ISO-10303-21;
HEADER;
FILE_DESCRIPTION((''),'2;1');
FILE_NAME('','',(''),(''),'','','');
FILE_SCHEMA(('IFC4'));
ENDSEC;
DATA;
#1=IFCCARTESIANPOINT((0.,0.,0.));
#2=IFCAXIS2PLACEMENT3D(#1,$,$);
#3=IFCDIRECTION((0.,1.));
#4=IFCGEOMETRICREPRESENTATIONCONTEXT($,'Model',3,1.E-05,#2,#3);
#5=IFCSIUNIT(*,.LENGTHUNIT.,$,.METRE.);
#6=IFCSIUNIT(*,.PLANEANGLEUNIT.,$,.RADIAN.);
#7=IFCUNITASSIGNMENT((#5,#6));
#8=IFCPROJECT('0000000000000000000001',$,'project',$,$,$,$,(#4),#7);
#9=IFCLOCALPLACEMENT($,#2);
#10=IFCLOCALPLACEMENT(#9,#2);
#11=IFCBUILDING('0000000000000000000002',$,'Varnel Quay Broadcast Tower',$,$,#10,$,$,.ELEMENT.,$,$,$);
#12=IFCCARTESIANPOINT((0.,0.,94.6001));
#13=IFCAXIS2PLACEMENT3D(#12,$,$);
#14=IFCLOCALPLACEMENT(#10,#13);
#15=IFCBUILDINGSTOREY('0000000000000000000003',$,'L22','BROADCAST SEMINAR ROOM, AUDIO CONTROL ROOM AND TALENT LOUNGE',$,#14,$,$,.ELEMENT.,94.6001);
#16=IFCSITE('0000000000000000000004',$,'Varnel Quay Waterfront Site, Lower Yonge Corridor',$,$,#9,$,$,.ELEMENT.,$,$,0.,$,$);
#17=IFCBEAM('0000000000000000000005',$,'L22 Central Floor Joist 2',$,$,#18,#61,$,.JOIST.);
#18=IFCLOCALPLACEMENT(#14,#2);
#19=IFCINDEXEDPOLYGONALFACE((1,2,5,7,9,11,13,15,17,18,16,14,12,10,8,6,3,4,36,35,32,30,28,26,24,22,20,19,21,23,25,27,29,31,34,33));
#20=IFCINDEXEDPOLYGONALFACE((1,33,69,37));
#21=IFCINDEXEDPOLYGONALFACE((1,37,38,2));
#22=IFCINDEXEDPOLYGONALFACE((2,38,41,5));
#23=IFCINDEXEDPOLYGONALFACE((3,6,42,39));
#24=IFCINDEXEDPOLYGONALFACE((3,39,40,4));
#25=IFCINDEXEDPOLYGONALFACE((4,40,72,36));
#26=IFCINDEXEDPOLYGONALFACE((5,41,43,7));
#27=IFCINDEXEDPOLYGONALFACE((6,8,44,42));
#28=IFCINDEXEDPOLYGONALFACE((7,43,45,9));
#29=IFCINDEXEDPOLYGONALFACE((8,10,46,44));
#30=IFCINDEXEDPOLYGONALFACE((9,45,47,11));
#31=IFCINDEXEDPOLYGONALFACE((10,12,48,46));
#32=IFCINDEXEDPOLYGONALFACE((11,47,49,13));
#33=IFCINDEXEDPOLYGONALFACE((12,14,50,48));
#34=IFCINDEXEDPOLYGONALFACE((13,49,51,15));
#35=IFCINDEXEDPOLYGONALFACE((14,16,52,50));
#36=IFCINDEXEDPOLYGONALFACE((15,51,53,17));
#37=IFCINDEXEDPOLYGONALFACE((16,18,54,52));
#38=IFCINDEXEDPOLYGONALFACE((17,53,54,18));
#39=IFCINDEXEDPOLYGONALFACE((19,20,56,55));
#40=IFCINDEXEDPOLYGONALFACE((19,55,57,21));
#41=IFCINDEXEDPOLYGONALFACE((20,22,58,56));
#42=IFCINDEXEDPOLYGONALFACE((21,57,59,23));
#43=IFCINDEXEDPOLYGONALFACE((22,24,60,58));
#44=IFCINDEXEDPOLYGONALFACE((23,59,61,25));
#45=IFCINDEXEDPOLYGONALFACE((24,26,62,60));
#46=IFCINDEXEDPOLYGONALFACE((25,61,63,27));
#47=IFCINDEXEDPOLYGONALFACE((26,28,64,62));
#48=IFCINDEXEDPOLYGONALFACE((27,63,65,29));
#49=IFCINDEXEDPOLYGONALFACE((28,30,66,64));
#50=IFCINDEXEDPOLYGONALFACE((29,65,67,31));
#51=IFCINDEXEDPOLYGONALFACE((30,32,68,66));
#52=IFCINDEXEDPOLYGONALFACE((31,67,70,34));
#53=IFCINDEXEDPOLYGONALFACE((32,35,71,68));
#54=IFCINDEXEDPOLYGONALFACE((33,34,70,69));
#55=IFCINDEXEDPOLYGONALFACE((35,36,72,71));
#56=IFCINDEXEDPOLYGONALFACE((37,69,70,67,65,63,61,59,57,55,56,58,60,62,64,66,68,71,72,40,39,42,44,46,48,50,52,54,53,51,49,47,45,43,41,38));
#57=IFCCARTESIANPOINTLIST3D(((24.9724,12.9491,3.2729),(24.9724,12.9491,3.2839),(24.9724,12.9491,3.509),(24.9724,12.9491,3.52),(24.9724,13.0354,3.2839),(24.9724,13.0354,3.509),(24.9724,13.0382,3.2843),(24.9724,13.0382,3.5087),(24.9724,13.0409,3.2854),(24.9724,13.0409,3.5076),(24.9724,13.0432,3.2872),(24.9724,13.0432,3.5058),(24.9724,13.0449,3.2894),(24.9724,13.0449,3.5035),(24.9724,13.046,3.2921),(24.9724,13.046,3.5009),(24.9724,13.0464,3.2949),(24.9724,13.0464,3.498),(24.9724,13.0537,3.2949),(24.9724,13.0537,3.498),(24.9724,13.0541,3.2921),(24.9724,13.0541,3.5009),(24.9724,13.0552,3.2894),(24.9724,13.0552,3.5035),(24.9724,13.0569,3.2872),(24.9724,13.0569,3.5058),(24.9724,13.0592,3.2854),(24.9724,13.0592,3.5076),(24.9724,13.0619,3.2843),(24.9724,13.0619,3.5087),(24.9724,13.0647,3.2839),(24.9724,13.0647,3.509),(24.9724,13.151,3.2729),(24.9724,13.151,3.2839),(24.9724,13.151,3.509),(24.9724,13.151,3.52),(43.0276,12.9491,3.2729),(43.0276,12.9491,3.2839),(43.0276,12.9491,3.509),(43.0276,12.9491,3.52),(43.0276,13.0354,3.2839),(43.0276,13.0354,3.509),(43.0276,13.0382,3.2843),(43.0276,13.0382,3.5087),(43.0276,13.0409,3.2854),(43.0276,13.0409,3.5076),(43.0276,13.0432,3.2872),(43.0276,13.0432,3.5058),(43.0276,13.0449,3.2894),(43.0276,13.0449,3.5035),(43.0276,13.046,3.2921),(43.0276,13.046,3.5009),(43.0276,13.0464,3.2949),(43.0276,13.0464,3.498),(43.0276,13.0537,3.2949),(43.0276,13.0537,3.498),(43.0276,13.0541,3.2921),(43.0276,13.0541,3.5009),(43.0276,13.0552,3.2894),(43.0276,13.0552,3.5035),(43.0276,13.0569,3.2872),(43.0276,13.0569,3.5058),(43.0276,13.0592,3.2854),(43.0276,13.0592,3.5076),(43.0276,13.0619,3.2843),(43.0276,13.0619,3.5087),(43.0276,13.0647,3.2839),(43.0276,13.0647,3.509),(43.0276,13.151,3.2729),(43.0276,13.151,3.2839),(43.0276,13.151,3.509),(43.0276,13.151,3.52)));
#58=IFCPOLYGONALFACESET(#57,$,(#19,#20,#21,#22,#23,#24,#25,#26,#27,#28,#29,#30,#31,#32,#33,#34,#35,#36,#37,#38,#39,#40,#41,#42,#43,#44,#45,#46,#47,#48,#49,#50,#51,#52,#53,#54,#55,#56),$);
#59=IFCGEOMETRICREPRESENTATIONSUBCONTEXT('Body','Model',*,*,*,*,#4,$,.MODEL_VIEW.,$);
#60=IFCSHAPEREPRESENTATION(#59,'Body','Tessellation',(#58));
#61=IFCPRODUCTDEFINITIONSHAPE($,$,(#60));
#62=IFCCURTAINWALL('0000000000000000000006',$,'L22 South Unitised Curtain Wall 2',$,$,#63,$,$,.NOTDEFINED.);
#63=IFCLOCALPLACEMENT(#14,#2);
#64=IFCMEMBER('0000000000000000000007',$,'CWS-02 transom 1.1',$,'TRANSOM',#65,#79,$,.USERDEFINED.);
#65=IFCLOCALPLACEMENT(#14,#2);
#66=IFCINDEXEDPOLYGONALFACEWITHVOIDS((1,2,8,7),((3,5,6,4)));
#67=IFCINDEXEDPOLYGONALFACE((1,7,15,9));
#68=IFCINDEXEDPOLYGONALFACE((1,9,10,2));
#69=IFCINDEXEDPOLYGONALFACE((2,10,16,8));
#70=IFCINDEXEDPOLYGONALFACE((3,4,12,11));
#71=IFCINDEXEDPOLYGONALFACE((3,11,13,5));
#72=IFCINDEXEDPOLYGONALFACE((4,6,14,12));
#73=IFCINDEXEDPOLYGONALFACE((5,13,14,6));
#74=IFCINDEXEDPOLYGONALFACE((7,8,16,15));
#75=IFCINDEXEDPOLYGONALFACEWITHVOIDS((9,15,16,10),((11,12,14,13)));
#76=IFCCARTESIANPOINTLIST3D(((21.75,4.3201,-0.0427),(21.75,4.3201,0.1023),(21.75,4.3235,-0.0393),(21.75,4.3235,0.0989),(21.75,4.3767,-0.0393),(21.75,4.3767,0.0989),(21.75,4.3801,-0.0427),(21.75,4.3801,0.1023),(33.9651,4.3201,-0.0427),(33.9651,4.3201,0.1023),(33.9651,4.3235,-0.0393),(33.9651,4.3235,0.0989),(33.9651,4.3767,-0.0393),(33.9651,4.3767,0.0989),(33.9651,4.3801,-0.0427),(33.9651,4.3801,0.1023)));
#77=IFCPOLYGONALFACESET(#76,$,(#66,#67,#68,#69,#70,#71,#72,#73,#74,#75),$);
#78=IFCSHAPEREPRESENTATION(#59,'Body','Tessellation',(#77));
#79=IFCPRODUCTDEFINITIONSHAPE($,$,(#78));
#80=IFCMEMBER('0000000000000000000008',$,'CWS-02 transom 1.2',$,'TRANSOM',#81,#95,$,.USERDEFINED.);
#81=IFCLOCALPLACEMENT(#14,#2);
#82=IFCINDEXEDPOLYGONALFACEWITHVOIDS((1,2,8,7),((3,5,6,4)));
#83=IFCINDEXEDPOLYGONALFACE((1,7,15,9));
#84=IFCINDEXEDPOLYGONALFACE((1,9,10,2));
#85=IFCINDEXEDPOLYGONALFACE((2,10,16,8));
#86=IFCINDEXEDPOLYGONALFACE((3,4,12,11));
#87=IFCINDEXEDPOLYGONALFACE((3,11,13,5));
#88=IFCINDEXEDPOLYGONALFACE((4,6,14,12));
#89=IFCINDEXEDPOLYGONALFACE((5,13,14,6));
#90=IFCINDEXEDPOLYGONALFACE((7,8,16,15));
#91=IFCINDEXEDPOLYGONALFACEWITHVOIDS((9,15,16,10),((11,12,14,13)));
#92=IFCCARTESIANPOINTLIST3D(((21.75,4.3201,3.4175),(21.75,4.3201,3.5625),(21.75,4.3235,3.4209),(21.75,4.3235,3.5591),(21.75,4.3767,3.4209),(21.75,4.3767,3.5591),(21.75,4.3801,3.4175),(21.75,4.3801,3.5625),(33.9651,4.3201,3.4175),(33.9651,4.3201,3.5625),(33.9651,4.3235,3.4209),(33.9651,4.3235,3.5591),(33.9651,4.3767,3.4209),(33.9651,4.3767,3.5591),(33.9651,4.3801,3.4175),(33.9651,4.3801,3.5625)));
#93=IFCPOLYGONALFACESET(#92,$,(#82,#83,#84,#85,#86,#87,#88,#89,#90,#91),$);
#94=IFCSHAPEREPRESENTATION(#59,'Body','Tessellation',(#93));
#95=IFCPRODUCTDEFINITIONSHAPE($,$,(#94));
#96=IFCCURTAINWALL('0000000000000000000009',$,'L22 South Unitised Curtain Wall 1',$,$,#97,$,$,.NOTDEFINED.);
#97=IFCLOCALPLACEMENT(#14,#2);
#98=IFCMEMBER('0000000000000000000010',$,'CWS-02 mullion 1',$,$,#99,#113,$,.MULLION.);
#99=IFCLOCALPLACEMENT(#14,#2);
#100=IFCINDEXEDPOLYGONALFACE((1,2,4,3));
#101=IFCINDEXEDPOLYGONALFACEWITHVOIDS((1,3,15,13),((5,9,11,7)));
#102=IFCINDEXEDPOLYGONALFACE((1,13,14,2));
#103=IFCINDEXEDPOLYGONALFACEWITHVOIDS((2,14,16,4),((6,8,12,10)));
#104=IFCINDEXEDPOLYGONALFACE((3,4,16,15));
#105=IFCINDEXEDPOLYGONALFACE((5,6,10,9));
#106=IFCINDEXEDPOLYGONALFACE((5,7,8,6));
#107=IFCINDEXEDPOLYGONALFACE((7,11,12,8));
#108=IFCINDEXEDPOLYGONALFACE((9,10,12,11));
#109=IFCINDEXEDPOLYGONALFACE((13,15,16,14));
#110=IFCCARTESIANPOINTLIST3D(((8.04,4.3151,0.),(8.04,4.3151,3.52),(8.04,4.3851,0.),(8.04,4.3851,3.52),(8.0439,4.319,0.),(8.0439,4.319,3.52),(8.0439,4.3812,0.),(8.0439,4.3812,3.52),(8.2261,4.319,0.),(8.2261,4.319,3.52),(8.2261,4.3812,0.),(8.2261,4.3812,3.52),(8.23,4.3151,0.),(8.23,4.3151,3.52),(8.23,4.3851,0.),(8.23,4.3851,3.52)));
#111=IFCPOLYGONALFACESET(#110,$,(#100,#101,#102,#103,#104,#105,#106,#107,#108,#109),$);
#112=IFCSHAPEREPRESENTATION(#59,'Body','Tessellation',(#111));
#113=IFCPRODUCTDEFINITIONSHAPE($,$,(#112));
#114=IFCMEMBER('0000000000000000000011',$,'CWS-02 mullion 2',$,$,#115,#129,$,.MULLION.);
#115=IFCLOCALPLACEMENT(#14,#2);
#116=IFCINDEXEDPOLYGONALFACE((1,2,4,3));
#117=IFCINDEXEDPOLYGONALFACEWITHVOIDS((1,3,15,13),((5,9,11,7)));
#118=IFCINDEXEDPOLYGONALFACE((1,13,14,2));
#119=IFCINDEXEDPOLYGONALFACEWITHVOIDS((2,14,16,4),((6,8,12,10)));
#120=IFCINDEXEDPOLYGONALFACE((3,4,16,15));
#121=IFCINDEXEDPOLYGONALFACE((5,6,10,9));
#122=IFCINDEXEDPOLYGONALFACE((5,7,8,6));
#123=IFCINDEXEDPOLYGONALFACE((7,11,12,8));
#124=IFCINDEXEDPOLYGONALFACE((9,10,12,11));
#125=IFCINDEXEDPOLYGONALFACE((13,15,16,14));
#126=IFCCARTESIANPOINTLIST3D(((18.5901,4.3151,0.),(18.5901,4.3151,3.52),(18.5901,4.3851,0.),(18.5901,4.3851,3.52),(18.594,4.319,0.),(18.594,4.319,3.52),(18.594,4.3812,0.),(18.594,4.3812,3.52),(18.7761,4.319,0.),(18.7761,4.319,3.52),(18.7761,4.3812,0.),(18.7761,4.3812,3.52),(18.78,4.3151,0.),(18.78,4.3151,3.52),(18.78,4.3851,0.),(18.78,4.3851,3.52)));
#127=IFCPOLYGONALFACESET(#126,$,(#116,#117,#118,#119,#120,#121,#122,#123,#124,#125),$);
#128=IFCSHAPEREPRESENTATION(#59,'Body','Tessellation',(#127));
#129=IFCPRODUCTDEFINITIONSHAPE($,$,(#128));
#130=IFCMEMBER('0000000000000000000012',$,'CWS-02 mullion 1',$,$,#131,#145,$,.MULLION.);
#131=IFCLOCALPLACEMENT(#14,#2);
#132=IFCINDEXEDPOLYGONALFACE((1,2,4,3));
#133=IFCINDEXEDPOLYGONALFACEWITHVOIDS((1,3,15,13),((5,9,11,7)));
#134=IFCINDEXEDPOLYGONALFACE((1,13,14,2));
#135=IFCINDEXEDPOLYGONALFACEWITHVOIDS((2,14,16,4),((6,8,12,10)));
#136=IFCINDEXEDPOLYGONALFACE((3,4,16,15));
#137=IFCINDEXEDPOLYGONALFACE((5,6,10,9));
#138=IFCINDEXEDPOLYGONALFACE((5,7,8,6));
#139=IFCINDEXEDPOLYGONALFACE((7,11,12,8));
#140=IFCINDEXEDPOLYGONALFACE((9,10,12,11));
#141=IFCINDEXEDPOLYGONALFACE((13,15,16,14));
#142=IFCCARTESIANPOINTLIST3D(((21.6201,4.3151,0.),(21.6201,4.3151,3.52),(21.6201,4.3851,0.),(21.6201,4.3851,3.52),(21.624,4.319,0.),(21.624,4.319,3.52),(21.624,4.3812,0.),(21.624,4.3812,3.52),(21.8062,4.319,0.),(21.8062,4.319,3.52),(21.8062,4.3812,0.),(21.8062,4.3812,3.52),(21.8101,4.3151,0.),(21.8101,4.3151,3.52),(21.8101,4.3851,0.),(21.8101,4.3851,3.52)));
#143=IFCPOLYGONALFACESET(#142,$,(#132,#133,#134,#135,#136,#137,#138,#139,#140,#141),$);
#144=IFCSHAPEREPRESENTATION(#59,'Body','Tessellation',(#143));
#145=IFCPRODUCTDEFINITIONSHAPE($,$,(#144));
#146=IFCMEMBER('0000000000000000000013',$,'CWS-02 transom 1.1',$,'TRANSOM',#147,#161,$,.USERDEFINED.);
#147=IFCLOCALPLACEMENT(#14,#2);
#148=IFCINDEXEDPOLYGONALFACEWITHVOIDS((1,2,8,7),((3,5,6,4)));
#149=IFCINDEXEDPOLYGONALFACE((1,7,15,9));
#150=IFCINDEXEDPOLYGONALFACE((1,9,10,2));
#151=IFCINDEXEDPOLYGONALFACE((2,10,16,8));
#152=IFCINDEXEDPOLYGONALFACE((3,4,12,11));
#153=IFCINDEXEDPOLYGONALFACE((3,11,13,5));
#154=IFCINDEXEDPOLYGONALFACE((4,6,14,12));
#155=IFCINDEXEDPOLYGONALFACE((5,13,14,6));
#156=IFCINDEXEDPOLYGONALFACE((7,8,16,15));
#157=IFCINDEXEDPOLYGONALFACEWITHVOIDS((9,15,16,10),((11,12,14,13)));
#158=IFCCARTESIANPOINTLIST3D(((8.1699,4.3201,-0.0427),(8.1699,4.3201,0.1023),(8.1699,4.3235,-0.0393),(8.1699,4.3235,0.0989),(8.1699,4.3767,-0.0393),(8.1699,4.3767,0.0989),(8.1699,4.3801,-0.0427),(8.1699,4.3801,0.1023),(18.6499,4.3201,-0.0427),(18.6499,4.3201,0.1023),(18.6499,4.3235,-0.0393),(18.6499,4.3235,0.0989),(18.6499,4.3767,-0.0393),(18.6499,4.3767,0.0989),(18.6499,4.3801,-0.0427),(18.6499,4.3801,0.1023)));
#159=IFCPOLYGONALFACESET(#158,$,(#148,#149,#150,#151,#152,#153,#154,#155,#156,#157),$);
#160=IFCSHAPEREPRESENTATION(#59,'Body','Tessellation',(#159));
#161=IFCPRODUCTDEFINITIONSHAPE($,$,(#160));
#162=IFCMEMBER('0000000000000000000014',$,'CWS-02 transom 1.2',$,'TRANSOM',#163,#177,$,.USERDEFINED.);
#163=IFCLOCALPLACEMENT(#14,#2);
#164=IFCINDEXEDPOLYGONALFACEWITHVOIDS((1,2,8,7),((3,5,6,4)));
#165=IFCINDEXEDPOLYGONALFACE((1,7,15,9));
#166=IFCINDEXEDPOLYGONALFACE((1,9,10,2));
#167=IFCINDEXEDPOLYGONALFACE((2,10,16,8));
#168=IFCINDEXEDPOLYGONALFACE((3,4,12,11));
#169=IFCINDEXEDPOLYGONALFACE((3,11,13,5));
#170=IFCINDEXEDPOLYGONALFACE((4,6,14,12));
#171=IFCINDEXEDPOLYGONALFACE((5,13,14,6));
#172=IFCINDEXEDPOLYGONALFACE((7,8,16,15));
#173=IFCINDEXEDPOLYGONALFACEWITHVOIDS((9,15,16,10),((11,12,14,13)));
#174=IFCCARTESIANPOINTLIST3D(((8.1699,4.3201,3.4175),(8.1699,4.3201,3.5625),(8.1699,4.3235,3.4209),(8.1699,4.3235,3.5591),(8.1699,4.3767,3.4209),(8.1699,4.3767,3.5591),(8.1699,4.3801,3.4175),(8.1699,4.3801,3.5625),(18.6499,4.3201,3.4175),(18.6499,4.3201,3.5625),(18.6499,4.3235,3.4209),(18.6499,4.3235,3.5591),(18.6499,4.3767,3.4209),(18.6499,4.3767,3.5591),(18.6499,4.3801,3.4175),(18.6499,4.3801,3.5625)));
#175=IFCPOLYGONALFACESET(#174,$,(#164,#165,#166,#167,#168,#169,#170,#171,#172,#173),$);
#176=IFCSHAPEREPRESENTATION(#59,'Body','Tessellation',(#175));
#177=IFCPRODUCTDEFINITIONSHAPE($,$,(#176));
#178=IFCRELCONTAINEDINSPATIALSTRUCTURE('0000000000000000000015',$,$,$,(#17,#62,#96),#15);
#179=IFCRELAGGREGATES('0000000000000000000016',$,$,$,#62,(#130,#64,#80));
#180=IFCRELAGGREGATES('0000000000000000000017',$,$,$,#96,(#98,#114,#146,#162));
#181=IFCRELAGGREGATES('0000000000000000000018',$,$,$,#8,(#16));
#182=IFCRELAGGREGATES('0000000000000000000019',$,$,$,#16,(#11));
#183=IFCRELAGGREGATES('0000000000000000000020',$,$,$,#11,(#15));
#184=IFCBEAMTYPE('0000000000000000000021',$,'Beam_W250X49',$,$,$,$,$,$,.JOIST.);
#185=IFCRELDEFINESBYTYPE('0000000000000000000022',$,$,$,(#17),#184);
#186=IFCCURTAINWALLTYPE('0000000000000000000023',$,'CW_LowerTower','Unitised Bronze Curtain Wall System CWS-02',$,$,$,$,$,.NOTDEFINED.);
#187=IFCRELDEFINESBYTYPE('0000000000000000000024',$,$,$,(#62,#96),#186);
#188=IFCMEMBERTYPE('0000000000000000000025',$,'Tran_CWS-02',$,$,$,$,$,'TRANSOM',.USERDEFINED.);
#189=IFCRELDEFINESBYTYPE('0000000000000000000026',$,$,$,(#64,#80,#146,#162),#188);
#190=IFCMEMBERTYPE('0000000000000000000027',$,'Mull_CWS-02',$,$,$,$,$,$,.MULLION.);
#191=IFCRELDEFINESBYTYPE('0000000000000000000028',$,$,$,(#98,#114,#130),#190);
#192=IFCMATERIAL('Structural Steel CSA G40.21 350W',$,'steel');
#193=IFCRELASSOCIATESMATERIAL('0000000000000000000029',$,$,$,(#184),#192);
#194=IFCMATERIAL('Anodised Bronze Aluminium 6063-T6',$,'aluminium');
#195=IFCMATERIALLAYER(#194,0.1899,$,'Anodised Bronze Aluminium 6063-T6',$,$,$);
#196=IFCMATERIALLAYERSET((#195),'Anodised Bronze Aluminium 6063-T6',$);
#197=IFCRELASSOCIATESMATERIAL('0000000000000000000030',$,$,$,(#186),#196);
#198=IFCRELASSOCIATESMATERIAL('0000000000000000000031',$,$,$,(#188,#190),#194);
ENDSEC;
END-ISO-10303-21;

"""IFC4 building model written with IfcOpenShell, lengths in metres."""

from ifc_helpers import new_model, si_unit, direction, frame, origin, origin_2d, place, context, subcontext, project, spatial, hollow_rectangle, i_section, extrude, source, transform, mapped, material, layer, layer_set, material_profile, profile_set, type_object, type_shapes, element, aggregate, save


model = new_model("IFC4")

# Units and contexts
model_context = context("Model", 3, precision=1e-05, world=origin(), true_north=direction((0.0, 1.0)))
body_context = subcontext(model_context, "Body", "Model", "MODEL_VIEW")
ifc_project = project(units=[si_unit("LENGTHUNIT", "METRE"), si_unit("PLANEANGLEUNIT", "RADIAN")], contexts=[model_context])

# Site, building, storey
site_placement = place(None, origin())
site = spatial("IfcSite", under=ifc_project, at=site_placement, Name="Varnel Quay Waterfront Site, Lower Yonge Corridor", CompositionType="ELEMENT", RefElevation=0.0)
building_placement = place(site_placement, origin())
building = spatial("IfcBuilding", under=site, at=building_placement, Name="Varnel Quay Broadcast Tower", CompositionType="ELEMENT")
storey_placement = place(building_placement, frame((0.0, 0.0, 94.6001)))
storey = spatial("IfcBuildingStorey", under=building, at=storey_placement, Name="L22", Description="BROADCAST SEMINAR ROOM, AUDIO CONTROL ROOM AND TALENT LOUNGE", CompositionType="ELEMENT", Elevation=94.6001)

# Shared definitions
ifc_material_1 = material(Name="Structural Steel CSA G40.21 350W", Category="steel")

# Beam
ifc_material_profile_1 = material_profile(ifc_material_1, i_section(OverallWidth=0.2019, OverallDepth=0.2471, WebThickness=0.0073, FlangeThickness=0.011, FilletRadius=0.011, at=origin_2d()), Name="W250X49")
ifc_profile_set_1 = profile_set([ifc_material_profile_1], Name="Structural Steel CSA G40.21 350W")
beam_type_1 = type_object("IfcBeamType", Name="Beam_W250X49", PredefinedType="JOIST", material=ifc_profile_set_1)
shared_shape_1 = source(origin(), body_context, "Body", "SweptSolid", [
    extrude(i_section(OverallWidth=0.2019, OverallDepth=0.2471, WebThickness=0.0073, FlangeThickness=0.011, FilletRadius=0.011, at=origin_2d()), origin(), (0.0, 0.0, 1.0), 18.0552),
])
type_shapes(beam_type_1, [shared_shape_1])
beam_1_placement = place(storey_placement, frame((24.9724, 13.05, 3.3965), z_axis=(1.0, 0.0, 0.0), x_axis=(0.0, 1.0, 0.0)))
element("IfcBeam", 1, at=beam_1_placement, inside=storey, type_object=beam_type_1, Name="L22 Central Floor Joist 2", PredefinedType="JOIST", context=body_context, shape_type="MappedRepresentation", body=[
    mapped(shared_shape_1, transform((0.0, 0.0, 0.0), x_axis=(1.0, 0.0, 0.0), y_axis=(0.0, 1.0, 0.0), z_axis=(0.0, 0.0, 1.0), scale=1.0)),
])

# Curtain walls, members
ifc_material_2 = material(Name="Anodised Bronze Aluminium 6063-T6", Category="aluminium")
ifc_layer_1 = layer(ifc_material_2, 0.1899, Name="Anodised Bronze Aluminium 6063-T6")
ifc_layer_set_1 = layer_set([ifc_layer_1], Name="Anodised Bronze Aluminium 6063-T6")
curtain_wall_type_1 = type_object("IfcCurtainWallType", Name="CW_LowerTower", Description="Unitised Bronze Curtain Wall System CWS-02", PredefinedType="NOTDEFINED", material=ifc_layer_set_1)
curtain_wall_1_placement = place(storey_placement, origin())
curtain_wall_1 = element("IfcCurtainWall", 2, at=curtain_wall_1_placement, inside=storey, type_object=curtain_wall_type_1, Name="L22 South Unitised Curtain Wall 2", PredefinedType="NOTDEFINED")
ifc_material_profile_2 = material_profile(ifc_material_2, hollow_rectangle(XDim=0.0601, YDim=0.145, WallThickness=0.0034, at=origin_2d()), Name="ALU60X145X3.5")
ifc_profile_set_2 = profile_set([ifc_material_profile_2], Name="Anodised Bronze Aluminium 6063-T6")
member_type_1 = type_object("IfcMemberType", Name="Tran_CWS-02", ElementType="TRANSOM", PredefinedType="USERDEFINED", material=ifc_profile_set_2)
shared_shape_2 = source(origin(), body_context, "Body", "SweptSolid", [
    extrude(hollow_rectangle(XDim=0.0601, YDim=0.145, WallThickness=0.0034, at=origin_2d()), origin(), (0.0, 0.0, 1.0), 12.2151),
])
member_1_placement = place(storey_placement, frame((21.75, 4.3501, 0.0298), z_axis=(1.0, 0.0, 0.0), x_axis=(0.0, 1.0, 0.0)))
member_1 = element("IfcMember", 3, at=member_1_placement, type_object=member_type_1, Name="CWS-02 transom 1.1", ObjectType="TRANSOM", PredefinedType="USERDEFINED", context=body_context, shape_type="MappedRepresentation", body=[
    mapped(shared_shape_2, transform((0.0, 0.0, 0.0), x_axis=(1.0, 0.0, 0.0), y_axis=(0.0, 1.0, 0.0), z_axis=(0.0, 0.0, 1.0), scale=1.0)),
])
member_2_placement = place(storey_placement, frame((21.75, 4.3501, 3.49), z_axis=(1.0, 0.0, 0.0), x_axis=(0.0, 1.0, 0.0)))
member_2 = element("IfcMember", 4, at=member_2_placement, type_object=member_type_1, Name="CWS-02 transom 1.2", ObjectType="TRANSOM", PredefinedType="USERDEFINED", context=body_context, shape_type="MappedRepresentation", body=[
    mapped(shared_shape_2, transform((0.0, 0.0, 0.0), x_axis=(1.0, 0.0, 0.0), y_axis=(0.0, 1.0, 0.0), z_axis=(0.0, 0.0, 1.0), scale=1.0)),
])
curtain_wall_2_placement = place(storey_placement, origin())
curtain_wall_2 = element("IfcCurtainWall", 5, at=curtain_wall_2_placement, inside=storey, type_object=curtain_wall_type_1, Name="L22 South Unitised Curtain Wall 1", PredefinedType="NOTDEFINED")
ifc_material_profile_3 = material_profile(ifc_material_2, hollow_rectangle(XDim=0.0701, YDim=0.1899, WallThickness=0.0039, at=origin_2d()), Name="ALU70X190X4")
ifc_profile_set_3 = profile_set([ifc_material_profile_3], Name="Anodised Bronze Aluminium 6063-T6")
member_type_2 = type_object("IfcMemberType", Name="Mull_CWS-02", PredefinedType="MULLION", material=ifc_profile_set_3)
shared_shape_3 = source(origin(), body_context, "Body", "SweptSolid", [
    extrude(hollow_rectangle(XDim=0.0701, YDim=0.1899, WallThickness=0.0039, at=origin_2d()), origin(), (0.0, 0.0, 1.0), 3.52),
])
type_shapes(member_type_2, [shared_shape_3])
member_3_placement = place(storey_placement, frame((8.135, 4.3501, 0.0), z_axis=(0.0, 0.0, 1.0), x_axis=(0.0, 1.0, 0.0)))
member_3 = element("IfcMember", 6, at=member_3_placement, type_object=member_type_2, Name="CWS-02 mullion 1", PredefinedType="MULLION", context=body_context, shape_type="MappedRepresentation", body=[
    mapped(shared_shape_3, transform((0.0, 0.0, 0.0), x_axis=(1.0, 0.0, 0.0), y_axis=(0.0, 1.0, 0.0), z_axis=(0.0, 0.0, 1.0), scale=1.0)),
])
member_4_placement = place(storey_placement, frame((18.6851, 4.3501, 0.0), z_axis=(0.0, 0.0, 1.0), x_axis=(0.0, 1.0, 0.0)))
member_4 = element("IfcMember", 7, at=member_4_placement, type_object=member_type_2, Name="CWS-02 mullion 2", PredefinedType="MULLION", context=body_context, shape_type="MappedRepresentation", body=[
    mapped(shared_shape_3, transform((0.0, 0.0, 0.0), x_axis=(1.0, 0.0, 0.0), y_axis=(0.0, 1.0, 0.0), z_axis=(0.0, 0.0, 1.0), scale=1.0)),
])

# Members
member_5_placement = place(storey_placement, frame((21.7151, 4.3501, 0.0), z_axis=(0.0, 0.0, 1.0), x_axis=(0.0, 1.0, 0.0)))
member_5 = element("IfcMember", 8, at=member_5_placement, type_object=member_type_2, Name="CWS-02 mullion 1", PredefinedType="MULLION", context=body_context, shape_type="MappedRepresentation", body=[
    mapped(shared_shape_3, transform((0.0, 0.0, 0.0), x_axis=(1.0, 0.0, 0.0), y_axis=(0.0, 1.0, 0.0), z_axis=(0.0, 0.0, 1.0), scale=1.0)),
])
aggregate(curtain_wall_1, [member_5, member_1, member_2])
shared_shape_4 = source(origin(), body_context, "Body", "SweptSolid", [
    extrude(hollow_rectangle(XDim=0.0601, YDim=0.145, WallThickness=0.0034, at=origin_2d()), origin(), (0.0, 0.0, 1.0), 10.48),
])
type_shapes(member_type_1, [shared_shape_2, shared_shape_4])
member_6_placement = place(storey_placement, frame((8.1699, 4.3501, 0.0298), z_axis=(1.0, 0.0, 0.0), x_axis=(0.0, 1.0, 0.0)))
member_6 = element("IfcMember", 9, at=member_6_placement, type_object=member_type_1, Name="CWS-02 transom 1.1", ObjectType="TRANSOM", PredefinedType="USERDEFINED", context=body_context, shape_type="MappedRepresentation", body=[
    mapped(shared_shape_4, transform((0.0, 0.0, 0.0), x_axis=(1.0, 0.0, 0.0), y_axis=(0.0, 1.0, 0.0), z_axis=(0.0, 0.0, 1.0), scale=1.0)),
])
member_7_placement = place(storey_placement, frame((8.1699, 4.3501, 3.49), z_axis=(1.0, 0.0, 0.0), x_axis=(0.0, 1.0, 0.0)))
member_7 = element("IfcMember", 10, at=member_7_placement, type_object=member_type_1, Name="CWS-02 transom 1.2", ObjectType="TRANSOM", PredefinedType="USERDEFINED", context=body_context, shape_type="MappedRepresentation", body=[
    mapped(shared_shape_4, transform((0.0, 0.0, 0.0), x_axis=(1.0, 0.0, 0.0), y_axis=(0.0, 1.0, 0.0), z_axis=(0.0, 0.0, 1.0), scale=1.0)),
])

aggregate(curtain_wall_2, [member_3, member_4, member_6, member_7])

save(model, "model.ifc")
